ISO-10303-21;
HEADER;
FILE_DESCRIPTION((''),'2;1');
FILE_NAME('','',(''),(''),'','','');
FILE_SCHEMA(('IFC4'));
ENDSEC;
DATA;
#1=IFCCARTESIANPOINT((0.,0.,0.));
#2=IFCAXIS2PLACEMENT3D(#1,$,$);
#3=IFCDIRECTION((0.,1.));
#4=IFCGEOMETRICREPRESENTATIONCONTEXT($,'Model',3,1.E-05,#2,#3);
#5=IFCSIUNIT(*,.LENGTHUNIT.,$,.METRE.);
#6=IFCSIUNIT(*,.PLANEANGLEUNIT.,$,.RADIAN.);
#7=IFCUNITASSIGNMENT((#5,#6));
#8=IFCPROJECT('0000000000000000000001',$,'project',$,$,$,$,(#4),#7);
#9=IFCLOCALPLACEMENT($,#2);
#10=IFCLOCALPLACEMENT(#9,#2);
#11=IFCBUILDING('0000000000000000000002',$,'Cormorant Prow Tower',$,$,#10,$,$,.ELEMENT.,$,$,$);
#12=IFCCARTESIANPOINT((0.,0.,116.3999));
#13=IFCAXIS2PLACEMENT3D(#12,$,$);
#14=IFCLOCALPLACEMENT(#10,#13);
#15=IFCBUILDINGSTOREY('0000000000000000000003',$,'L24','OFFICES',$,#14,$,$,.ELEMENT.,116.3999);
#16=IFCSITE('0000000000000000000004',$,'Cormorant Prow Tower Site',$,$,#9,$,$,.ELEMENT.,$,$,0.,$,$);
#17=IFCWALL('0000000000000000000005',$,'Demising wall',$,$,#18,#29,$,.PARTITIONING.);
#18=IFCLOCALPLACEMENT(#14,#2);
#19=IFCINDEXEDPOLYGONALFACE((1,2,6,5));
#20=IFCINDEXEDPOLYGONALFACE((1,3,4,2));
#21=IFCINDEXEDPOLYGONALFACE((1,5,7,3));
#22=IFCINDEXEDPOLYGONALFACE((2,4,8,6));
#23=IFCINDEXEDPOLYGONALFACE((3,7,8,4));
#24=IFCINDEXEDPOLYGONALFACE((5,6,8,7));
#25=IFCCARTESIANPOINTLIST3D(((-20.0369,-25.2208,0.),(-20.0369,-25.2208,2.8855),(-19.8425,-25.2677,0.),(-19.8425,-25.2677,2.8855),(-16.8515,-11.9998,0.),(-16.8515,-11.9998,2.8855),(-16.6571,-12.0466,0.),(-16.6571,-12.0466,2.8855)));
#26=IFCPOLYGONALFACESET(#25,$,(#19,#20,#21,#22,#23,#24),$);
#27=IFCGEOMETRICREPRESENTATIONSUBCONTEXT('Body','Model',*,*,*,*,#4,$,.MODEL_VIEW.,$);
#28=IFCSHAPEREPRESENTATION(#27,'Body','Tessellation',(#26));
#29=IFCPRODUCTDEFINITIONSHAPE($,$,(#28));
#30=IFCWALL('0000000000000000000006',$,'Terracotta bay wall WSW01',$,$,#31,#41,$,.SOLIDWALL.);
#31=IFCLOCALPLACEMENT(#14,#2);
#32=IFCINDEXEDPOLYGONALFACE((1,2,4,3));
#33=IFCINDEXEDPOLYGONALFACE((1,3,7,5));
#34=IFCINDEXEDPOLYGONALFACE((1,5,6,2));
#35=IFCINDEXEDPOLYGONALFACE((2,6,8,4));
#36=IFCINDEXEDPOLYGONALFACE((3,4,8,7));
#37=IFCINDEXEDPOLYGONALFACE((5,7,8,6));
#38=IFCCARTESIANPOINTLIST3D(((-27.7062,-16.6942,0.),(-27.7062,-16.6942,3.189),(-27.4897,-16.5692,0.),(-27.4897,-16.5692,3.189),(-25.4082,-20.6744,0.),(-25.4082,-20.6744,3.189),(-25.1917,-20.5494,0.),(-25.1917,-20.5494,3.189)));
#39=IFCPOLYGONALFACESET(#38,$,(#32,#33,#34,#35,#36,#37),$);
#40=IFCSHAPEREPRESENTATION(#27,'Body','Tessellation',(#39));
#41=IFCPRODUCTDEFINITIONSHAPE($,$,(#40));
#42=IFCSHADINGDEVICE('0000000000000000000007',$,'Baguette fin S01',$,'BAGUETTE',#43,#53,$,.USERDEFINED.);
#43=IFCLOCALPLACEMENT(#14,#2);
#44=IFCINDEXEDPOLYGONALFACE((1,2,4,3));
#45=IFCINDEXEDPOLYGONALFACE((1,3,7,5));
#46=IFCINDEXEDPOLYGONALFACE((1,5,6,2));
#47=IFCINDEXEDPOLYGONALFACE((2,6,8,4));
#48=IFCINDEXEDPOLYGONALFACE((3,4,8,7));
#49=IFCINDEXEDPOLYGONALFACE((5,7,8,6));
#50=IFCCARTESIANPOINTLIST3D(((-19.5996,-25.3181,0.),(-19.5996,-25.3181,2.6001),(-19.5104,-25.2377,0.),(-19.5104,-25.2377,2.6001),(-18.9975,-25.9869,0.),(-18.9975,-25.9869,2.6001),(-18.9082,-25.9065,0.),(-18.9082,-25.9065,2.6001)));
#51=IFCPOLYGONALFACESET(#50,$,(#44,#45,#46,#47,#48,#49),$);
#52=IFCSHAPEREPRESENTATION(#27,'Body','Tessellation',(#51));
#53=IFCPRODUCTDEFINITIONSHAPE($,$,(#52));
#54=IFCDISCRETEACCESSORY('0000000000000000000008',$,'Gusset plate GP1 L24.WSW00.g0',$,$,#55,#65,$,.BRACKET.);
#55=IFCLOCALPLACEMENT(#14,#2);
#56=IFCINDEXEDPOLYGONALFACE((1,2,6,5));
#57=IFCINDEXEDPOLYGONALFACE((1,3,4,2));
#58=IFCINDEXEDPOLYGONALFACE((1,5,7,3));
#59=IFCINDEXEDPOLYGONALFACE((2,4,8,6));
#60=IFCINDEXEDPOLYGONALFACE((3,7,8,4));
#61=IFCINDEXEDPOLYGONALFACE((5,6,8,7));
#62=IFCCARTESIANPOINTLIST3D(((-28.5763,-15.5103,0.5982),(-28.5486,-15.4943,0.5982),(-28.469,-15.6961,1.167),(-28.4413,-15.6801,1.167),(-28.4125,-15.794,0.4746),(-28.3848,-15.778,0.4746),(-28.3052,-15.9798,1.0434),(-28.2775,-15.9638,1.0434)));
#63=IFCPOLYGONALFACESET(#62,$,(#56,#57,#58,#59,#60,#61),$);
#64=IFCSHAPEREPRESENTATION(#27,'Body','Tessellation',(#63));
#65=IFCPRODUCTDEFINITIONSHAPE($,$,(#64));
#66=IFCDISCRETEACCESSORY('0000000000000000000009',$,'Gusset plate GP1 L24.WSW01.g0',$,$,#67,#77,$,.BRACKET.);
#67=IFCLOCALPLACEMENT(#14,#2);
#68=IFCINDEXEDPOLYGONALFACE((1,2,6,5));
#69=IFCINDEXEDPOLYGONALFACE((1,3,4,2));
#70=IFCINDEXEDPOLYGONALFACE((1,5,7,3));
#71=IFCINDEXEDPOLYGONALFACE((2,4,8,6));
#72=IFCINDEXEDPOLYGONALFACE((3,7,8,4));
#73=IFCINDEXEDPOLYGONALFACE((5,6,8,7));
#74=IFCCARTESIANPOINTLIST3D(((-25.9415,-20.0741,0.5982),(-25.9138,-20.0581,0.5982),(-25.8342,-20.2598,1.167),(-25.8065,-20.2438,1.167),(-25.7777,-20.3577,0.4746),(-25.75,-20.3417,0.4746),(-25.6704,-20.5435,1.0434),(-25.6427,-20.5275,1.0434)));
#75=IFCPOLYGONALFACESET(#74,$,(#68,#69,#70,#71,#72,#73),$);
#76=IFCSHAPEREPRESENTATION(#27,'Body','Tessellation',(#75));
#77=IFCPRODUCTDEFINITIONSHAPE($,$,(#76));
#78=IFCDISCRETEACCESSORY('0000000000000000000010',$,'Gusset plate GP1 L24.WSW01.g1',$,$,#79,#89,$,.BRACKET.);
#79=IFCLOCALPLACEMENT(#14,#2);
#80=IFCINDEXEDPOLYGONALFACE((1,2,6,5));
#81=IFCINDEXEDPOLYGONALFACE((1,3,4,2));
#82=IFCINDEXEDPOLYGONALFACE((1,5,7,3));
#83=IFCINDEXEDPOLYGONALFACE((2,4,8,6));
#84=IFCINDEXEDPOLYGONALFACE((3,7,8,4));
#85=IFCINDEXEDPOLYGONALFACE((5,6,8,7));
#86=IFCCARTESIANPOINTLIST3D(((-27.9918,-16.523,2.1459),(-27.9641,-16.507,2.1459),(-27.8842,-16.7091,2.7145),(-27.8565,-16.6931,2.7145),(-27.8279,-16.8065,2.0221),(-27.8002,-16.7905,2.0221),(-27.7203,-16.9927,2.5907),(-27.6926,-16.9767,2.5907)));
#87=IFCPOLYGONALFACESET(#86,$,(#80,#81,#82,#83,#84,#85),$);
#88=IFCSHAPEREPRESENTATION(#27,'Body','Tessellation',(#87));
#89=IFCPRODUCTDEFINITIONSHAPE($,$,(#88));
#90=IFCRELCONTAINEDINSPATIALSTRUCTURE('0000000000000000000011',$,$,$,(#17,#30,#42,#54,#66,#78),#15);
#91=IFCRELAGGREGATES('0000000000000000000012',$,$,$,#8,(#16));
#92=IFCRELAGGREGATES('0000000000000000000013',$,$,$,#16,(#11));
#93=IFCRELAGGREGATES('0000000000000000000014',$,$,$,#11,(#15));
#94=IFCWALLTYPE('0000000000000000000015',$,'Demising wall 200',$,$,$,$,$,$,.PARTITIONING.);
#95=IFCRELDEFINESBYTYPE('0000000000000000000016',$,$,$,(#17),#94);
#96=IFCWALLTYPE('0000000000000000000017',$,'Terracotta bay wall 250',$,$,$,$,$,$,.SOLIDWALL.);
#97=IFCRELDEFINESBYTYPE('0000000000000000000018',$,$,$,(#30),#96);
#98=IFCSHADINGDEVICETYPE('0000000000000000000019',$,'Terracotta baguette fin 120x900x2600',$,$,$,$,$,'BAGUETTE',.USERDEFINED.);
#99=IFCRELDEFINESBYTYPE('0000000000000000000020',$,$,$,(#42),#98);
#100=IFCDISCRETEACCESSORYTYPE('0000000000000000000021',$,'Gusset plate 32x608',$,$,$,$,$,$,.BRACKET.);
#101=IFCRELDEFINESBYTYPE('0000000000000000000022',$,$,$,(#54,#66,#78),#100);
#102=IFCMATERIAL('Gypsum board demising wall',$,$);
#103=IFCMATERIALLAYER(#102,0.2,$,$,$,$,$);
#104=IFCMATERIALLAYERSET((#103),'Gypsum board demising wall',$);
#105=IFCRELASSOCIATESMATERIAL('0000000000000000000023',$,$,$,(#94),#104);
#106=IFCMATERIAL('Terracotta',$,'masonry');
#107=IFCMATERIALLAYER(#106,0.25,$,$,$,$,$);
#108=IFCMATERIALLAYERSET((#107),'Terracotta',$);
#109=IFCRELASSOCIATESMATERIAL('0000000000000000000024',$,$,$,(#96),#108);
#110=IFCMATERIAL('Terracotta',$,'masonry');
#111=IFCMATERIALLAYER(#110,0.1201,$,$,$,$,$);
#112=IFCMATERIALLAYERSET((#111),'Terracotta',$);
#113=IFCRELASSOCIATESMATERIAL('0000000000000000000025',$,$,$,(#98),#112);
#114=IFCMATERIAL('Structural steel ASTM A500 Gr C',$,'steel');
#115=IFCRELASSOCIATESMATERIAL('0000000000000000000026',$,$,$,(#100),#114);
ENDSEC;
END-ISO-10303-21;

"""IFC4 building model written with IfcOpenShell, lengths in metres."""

from ifc_helpers import new_model, si_unit, direction, frame, frame_2d, origin, origin_2d, place, context, subcontext, project, spatial, rectangle, extrude, material, layer, layer_set, material_profile, profile_set, type_object, element, save


model = new_model("IFC4")

# Units and contexts
model_context = context("Model", 3, precision=1e-05, world=origin(), true_north=direction((0.0, 1.0)))
body_context = subcontext(model_context, "Body", "Model", "MODEL_VIEW")
ifc_project = project(units=[si_unit("LENGTHUNIT", "METRE"), si_unit("PLANEANGLEUNIT", "RADIAN")], contexts=[model_context])

# Site, building, storey
site_placement = place(None, origin())
site = spatial("IfcSite", under=ifc_project, at=site_placement, Name="Cormorant Prow Tower Site", CompositionType="ELEMENT", RefElevation=0.0)
building_placement = place(site_placement, origin())
building = spatial("IfcBuilding", under=site, at=building_placement, Name="Cormorant Prow Tower", CompositionType="ELEMENT")
storey_placement = place(building_placement, frame((0.0, 0.0, 116.3999)))
storey = spatial("IfcBuildingStorey", under=building, at=storey_placement, Name="L24", Description="OFFICES", CompositionType="ELEMENT", Elevation=116.3999)

# Walls
ifc_material_1 = material(Name="Gypsum board demising wall")
ifc_layer_1 = layer(ifc_material_1, 0.2)
ifc_layer_set_1 = layer_set([ifc_layer_1], Name="Gypsum board demising wall")
wall_type_1 = type_object("IfcWallType", Name="Demising wall 200", PredefinedType="PARTITIONING", material=ifc_layer_set_1)
wall_1_placement = place(storey_placement, frame((-19.9397, -25.2444, 0.0), z_axis=(0.0, 0.0, 1.0), x_axis=(0.234226, 0.972182, 0.0)))
element("IfcWall", 1, at=wall_1_placement, inside=storey, type_object=wall_type_1, Name="Demising wall", PredefinedType="PARTITIONING", context=body_context, shape_type="SweptSolid", body=[
    extrude(rectangle(XDim=13.5994, YDim=0.2, at=frame_2d((6.7998, 0.0))), origin(), (0.0, 0.0, 1.0), 2.8855),
])
ifc_material_2 = material(Name="Terracotta", Category="masonry")
ifc_layer_2 = layer(ifc_material_2, 0.25)
ifc_layer_set_2 = layer_set([ifc_layer_2], Name="Terracotta")
wall_type_2 = type_object("IfcWallType", Name="Terracotta bay wall 250", PredefinedType="SOLIDWALL", material=ifc_layer_set_2)
wall_2_placement = place(storey_placement, frame((-27.5979, -16.6318, 0.0), z_axis=(0.0, 0.0, 1.0), x_axis=(0.500018, -0.866015, 0.0)))
element("IfcWall", 2, at=wall_2_placement, inside=storey, type_object=wall_type_2, Name="Terracotta bay wall WSW01", PredefinedType="SOLIDWALL", context=body_context, shape_type="SweptSolid", body=[
    extrude(rectangle(XDim=4.5959, YDim=0.25, at=frame_2d((2.2979, 0.0))), origin(), (0.0, 0.0, 1.0), 3.189),
])

# Shading device
ifc_material_3 = material(Name="Terracotta", Category="masonry")
ifc_layer_3 = layer(ifc_material_3, 0.1201)
ifc_layer_set_3 = layer_set([ifc_layer_3], Name="Terracotta")
shading_device_type = type_object("IfcShadingDeviceType", Name="Terracotta baguette fin 120x900x2600", ElementType="BAGUETTE", PredefinedType="USERDEFINED", material=ifc_layer_set_3)
shading_device_placement = place(storey_placement, frame((-19.2539, -25.6123, 0.0), z_axis=(0.0, 0.0, 1.0), x_axis=(0.743145, 0.669131, 0.0)))
element("IfcShadingDevice", 3, at=shading_device_placement, inside=storey, type_object=shading_device_type, Name="Baguette fin S01", ObjectType="BAGUETTE", PredefinedType="USERDEFINED", context=body_context, shape_type="SweptSolid", body=[
    extrude(rectangle(XDim=0.1201, YDim=0.8999, at=origin_2d()), origin(), (0.0, 0.0, 1.0), 2.6001),
])

# Discrete accessories
ifc_material_4 = material(Name="Structural steel ASTM A500 Gr C", Category="steel")
ifc_material_profile_1 = material_profile(ifc_material_4, rectangle(XDim=0.032, YDim=0.6079, at=origin_2d()), Name="Gusset plate 32x608")
ifc_profile_set_1 = profile_set([ifc_material_profile_1], Name="Structural steel ASTM A500 Gr C")
discrete_accessory_type = type_object("IfcDiscreteAccessoryType", Name="Gusset plate 32x608", PredefinedType="BRACKET", material=ifc_profile_set_1)
for number, where, z_axis, x_axis, name in (
    (4, (-28.5088, -15.5952, 0.8826), (0.467903, -0.810288, -0.352845), (0.865987, 0.500067, 0.0), "Gusset plate GP1 L24.WSW00.g0"),
    (5, (-25.874, -20.1589, 0.8826), (0.467903, -0.810288, -0.352845), (0.865987, 0.500067, 0.0), "Gusset plate GP1 L24.WSW01.g0"),
    (6, (-27.7603, -16.8916, 2.3064), (-0.468052, 0.809849, 0.353655), (-0.8658, -0.500389, 0.0), "Gusset plate GP1 L24.WSW01.g1"),
):
    element("IfcDiscreteAccessory", number, at=place(storey_placement, frame(where, z_axis=z_axis, x_axis=x_axis)), inside=storey, type_object=discrete_accessory_type, Name=name, PredefinedType="BRACKET", context=body_context, shape_type="SweptSolid", body=[
        extrude(rectangle(XDim=0.032, YDim=0.6079, at=origin_2d()), origin(), (0.0, 0.0, 1.0), 0.3501),
    ])

save(model, "model.ifc")
